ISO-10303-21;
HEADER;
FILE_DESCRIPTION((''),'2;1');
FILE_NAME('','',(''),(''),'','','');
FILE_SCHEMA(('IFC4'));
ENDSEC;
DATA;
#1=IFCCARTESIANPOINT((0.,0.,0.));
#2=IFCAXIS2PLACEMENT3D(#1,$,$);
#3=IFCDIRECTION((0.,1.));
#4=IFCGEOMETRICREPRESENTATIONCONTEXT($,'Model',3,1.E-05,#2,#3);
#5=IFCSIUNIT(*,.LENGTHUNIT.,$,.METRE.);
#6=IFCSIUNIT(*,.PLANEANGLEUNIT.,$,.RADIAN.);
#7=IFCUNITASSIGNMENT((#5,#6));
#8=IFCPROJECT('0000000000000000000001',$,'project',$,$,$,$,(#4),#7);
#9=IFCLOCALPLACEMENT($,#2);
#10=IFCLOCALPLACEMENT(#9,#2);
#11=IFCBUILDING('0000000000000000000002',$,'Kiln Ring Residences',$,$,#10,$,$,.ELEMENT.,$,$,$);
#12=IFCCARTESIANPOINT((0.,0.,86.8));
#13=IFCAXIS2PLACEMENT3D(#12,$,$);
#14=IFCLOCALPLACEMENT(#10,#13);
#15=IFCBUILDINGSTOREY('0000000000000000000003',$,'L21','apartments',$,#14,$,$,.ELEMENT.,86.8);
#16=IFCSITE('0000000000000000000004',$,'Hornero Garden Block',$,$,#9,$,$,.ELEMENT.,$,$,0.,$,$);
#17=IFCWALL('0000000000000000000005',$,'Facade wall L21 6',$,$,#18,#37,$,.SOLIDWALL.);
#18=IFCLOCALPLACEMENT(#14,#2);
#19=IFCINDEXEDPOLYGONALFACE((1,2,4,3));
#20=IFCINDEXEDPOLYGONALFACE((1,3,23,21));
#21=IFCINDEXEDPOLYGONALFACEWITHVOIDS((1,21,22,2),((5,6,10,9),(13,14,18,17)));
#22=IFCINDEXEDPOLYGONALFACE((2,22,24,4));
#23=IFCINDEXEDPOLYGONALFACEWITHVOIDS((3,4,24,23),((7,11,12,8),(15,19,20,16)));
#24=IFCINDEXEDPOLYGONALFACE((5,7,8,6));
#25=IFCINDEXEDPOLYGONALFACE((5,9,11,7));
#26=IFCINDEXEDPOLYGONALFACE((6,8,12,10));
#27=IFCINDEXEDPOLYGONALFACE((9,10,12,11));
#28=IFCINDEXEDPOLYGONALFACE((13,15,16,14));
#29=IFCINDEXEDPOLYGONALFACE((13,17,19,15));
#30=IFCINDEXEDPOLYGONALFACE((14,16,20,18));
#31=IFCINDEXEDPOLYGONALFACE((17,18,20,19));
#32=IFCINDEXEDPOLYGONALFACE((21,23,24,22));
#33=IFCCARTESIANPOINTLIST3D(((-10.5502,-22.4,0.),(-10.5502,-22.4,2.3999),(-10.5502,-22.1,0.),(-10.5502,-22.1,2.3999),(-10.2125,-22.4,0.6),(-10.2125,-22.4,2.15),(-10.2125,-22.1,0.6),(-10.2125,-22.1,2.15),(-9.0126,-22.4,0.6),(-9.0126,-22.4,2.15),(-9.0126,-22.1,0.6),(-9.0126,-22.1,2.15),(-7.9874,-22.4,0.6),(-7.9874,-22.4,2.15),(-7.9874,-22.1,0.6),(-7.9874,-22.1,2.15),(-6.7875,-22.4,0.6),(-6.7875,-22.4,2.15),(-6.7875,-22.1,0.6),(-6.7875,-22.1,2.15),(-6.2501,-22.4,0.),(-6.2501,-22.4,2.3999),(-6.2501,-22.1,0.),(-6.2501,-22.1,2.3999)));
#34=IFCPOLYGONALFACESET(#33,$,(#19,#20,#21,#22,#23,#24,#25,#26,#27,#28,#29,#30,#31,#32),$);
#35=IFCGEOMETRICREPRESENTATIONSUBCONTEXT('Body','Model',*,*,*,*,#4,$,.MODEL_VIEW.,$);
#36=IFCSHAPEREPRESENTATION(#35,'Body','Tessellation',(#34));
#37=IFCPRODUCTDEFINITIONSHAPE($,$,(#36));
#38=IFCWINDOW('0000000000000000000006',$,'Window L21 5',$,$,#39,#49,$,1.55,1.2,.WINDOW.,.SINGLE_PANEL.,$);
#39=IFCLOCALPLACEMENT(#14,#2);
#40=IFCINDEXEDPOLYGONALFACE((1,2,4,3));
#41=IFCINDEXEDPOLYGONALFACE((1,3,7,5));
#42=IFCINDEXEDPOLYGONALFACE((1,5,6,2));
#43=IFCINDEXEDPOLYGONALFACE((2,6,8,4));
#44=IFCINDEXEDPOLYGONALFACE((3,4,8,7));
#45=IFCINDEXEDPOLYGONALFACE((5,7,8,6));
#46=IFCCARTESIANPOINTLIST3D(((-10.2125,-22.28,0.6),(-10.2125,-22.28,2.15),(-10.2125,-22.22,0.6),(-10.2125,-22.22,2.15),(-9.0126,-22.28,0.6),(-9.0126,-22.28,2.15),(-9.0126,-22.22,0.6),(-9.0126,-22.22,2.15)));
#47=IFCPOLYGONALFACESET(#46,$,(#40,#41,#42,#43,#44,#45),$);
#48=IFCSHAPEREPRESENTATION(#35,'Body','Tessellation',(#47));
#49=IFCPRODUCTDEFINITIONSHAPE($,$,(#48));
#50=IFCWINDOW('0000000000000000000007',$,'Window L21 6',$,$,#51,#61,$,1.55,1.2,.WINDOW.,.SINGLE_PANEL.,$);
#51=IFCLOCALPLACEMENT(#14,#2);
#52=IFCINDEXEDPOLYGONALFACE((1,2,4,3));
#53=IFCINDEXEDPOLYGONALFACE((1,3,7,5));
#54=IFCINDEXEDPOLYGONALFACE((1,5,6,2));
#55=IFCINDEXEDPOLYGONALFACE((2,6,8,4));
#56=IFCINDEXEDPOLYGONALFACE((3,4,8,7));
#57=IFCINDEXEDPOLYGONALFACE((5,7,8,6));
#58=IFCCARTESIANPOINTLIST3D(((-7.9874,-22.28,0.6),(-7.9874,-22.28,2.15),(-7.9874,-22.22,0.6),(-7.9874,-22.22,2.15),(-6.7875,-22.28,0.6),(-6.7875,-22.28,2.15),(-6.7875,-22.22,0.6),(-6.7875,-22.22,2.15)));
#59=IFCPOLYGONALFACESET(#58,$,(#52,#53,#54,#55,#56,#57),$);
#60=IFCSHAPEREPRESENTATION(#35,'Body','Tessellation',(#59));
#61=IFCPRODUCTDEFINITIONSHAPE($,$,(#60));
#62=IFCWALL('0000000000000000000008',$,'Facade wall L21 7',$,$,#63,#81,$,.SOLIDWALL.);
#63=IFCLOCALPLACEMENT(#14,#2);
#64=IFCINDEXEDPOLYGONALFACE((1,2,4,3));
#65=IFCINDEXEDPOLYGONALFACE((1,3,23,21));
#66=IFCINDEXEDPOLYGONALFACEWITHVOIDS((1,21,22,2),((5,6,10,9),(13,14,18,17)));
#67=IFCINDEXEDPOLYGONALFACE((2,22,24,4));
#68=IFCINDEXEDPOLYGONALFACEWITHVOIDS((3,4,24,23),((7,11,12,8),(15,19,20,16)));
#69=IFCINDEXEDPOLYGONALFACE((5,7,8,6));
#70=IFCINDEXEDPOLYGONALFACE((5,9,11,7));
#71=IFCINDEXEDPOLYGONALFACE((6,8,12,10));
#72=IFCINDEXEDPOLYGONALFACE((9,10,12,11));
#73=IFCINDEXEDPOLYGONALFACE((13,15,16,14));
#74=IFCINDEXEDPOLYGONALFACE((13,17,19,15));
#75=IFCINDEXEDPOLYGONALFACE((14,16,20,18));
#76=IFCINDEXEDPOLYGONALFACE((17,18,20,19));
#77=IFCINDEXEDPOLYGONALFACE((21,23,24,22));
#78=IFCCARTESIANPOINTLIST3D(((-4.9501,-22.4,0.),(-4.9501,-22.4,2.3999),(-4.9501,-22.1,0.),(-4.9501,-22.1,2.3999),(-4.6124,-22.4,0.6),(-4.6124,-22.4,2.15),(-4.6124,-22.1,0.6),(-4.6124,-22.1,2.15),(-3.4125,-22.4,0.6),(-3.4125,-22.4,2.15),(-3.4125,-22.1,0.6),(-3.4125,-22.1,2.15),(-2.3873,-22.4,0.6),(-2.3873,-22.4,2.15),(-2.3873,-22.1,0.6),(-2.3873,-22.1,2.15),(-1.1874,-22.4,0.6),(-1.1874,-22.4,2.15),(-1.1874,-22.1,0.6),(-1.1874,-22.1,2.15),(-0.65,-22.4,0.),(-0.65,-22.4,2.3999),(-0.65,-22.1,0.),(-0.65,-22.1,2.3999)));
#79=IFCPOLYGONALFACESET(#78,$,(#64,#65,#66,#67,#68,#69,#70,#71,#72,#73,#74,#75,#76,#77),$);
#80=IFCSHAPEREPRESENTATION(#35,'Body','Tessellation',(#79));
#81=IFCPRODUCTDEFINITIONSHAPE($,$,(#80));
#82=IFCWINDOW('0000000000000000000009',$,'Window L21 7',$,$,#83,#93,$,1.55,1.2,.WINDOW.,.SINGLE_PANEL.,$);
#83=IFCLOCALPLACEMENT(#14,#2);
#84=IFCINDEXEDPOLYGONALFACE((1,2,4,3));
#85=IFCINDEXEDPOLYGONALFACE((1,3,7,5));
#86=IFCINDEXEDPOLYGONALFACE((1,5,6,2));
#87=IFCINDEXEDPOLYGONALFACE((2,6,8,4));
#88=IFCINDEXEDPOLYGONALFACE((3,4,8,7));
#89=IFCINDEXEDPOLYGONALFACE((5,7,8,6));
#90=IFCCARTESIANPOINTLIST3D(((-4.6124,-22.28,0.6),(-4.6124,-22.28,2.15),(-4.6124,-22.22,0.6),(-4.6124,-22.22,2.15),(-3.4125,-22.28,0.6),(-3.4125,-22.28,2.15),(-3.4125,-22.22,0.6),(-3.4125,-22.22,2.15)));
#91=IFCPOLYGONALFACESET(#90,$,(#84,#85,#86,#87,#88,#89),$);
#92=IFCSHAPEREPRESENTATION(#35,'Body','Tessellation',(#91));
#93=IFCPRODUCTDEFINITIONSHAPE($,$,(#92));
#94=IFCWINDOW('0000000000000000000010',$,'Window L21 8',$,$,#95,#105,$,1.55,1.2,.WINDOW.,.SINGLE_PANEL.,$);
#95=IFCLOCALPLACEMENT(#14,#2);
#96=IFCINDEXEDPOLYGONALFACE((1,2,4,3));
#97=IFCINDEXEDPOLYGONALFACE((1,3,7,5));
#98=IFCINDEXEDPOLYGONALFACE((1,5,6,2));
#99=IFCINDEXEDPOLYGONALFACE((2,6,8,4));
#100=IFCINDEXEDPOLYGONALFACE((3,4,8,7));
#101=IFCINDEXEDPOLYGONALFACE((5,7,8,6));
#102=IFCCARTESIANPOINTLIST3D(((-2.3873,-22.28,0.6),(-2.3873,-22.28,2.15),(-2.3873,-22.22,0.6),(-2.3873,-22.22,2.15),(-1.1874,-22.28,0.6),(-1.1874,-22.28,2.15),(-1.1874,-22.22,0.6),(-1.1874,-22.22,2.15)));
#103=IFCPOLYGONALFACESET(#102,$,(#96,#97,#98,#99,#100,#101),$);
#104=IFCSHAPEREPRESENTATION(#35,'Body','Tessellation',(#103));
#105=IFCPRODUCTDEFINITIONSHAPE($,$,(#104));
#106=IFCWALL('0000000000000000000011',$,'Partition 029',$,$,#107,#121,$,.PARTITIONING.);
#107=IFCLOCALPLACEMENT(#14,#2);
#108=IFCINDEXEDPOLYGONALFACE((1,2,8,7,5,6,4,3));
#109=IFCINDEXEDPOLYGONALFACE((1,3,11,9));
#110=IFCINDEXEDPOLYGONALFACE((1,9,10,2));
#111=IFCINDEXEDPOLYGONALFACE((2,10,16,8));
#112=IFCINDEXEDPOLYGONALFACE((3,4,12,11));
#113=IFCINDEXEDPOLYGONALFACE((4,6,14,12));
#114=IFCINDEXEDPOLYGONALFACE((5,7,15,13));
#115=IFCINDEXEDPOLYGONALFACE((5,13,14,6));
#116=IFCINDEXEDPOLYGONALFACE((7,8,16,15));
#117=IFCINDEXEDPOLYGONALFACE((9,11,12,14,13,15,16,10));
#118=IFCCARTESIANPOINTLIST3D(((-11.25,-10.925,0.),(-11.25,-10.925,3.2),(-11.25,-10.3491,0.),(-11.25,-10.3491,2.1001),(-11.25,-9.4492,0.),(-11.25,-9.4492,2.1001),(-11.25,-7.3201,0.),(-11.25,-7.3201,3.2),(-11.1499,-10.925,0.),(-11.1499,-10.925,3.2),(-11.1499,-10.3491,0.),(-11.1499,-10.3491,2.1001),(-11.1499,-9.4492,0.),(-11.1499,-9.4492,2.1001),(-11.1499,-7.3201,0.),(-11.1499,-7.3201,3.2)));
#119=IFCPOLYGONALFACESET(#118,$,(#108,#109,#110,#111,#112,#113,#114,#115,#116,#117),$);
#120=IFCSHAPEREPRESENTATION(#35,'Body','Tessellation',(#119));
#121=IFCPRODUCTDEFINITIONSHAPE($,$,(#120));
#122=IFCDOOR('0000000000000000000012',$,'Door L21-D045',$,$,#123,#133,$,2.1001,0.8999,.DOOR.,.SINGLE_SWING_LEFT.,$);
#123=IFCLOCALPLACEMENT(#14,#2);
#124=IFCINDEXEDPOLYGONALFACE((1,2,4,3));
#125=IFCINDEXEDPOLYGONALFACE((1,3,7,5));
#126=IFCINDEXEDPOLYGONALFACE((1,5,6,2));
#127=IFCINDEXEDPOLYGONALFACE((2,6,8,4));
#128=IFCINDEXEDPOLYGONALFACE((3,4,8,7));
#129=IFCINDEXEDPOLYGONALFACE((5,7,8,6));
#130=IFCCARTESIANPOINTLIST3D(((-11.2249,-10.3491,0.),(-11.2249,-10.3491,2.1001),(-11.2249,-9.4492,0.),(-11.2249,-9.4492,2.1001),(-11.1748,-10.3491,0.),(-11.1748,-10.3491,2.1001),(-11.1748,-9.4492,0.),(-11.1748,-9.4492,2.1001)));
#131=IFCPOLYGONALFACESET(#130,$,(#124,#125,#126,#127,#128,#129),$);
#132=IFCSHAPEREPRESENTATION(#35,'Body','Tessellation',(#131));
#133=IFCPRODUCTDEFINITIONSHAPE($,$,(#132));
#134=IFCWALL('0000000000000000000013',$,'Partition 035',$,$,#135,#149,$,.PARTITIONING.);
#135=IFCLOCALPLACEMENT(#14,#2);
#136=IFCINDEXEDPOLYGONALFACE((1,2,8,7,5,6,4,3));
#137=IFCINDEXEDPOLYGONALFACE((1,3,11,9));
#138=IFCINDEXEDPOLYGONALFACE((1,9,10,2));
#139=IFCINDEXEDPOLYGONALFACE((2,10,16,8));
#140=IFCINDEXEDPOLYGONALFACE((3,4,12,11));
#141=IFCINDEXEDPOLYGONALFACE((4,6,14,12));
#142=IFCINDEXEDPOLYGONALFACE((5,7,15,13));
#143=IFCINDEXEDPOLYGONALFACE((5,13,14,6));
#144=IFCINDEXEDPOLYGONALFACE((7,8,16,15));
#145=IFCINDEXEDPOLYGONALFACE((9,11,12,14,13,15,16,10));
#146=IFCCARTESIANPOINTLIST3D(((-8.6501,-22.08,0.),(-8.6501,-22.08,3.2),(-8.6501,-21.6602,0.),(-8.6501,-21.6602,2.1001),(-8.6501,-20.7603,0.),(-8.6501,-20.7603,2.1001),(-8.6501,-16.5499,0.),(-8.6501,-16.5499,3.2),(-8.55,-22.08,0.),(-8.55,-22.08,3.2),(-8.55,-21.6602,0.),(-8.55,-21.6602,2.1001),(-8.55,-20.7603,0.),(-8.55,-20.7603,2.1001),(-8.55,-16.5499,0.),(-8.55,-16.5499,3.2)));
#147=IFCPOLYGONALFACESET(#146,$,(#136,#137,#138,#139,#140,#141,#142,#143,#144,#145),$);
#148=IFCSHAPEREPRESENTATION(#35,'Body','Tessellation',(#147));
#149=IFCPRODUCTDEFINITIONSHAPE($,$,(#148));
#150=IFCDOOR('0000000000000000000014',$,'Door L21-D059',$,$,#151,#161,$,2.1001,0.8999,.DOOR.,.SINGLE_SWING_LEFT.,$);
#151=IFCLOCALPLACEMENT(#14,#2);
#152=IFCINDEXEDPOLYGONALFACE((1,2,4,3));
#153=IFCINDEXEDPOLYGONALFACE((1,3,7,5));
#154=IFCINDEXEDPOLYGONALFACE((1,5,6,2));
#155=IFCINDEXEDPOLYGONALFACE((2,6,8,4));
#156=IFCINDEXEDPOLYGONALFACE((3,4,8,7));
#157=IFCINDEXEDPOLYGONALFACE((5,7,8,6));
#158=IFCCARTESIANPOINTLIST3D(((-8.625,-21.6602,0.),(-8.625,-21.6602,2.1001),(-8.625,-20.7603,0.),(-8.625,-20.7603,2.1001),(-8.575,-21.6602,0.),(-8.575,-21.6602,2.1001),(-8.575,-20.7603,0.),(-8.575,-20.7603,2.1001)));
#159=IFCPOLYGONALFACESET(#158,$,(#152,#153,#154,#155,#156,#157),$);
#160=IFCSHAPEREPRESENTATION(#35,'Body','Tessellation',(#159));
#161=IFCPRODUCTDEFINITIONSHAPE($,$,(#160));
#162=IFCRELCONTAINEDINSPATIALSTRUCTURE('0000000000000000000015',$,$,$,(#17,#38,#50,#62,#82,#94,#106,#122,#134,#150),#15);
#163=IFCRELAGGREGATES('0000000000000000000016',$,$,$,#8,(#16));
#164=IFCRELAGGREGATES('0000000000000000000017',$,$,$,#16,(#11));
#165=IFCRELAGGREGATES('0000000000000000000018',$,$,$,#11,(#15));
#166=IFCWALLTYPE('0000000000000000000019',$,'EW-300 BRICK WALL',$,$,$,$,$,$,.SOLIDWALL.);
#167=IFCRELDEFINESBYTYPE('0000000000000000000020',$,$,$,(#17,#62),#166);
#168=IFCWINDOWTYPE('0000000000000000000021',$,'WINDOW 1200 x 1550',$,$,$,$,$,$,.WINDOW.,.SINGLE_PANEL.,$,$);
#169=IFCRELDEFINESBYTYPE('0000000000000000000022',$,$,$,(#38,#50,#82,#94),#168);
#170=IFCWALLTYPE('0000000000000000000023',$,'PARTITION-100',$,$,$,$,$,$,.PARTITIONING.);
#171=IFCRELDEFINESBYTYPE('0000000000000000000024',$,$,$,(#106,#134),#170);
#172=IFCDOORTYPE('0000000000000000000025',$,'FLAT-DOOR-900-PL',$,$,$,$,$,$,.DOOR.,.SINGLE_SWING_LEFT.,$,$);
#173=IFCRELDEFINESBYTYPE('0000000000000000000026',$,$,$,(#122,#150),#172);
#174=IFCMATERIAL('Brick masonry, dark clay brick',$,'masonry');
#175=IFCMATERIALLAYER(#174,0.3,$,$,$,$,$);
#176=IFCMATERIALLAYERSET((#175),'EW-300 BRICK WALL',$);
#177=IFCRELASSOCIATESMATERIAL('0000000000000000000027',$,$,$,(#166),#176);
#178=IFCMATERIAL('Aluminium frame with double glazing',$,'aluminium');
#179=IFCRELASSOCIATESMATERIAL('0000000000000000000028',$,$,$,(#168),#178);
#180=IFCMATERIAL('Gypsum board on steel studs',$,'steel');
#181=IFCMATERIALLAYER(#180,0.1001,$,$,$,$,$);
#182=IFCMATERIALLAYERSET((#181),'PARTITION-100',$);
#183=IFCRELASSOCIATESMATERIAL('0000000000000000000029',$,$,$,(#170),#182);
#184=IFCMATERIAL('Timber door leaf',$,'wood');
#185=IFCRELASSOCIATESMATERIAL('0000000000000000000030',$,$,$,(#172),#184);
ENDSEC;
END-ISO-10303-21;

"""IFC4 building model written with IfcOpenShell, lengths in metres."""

from ifc_helpers import new_model, si_unit, direction, frame, frame_2d, origin, place, context, subcontext, project, spatial, rectangle, extrude, material, layer, layer_set, type_object, element, fill, save


model = new_model("IFC4")

# Units and contexts
model_context = context("Model", 3, precision=1e-05, world=origin(), true_north=direction((0.0, 1.0)))
body_context = subcontext(model_context, "Body", "Model", "MODEL_VIEW")
ifc_project = project(units=[si_unit("LENGTHUNIT", "METRE"), si_unit("PLANEANGLEUNIT", "RADIAN")], contexts=[model_context])

# Site, building, storey
site_placement = place(None, origin())
site = spatial("IfcSite", under=ifc_project, at=site_placement, Name="Hornero Garden Block", CompositionType="ELEMENT", RefElevation=0.0)
building_placement = place(site_placement, origin())
building = spatial("IfcBuilding", under=site, at=building_placement, Name="Kiln Ring Residences", CompositionType="ELEMENT")
storey_placement = place(building_placement, frame((0.0, 0.0, 86.8)))
storey = spatial("IfcBuildingStorey", under=building, at=storey_placement, Name="L21", Description="apartments", CompositionType="ELEMENT", Elevation=86.8)

# Walls, openings, windows
ifc_material_1 = material(Name="Brick masonry, dark clay brick", Category="masonry")
ifc_layer_1 = layer(ifc_material_1, 0.3)
ifc_layer_set_1 = layer_set([ifc_layer_1], Name="EW-300 BRICK WALL")
wall_type_1 = type_object("IfcWallType", Name="EW-300 BRICK WALL", PredefinedType="SOLIDWALL", material=ifc_layer_set_1)
wall_1_placement = place(storey_placement, frame((-10.55, -22.25, 0.0), z_axis=(0.0, 0.0, 1.0), x_axis=(1.0, 0.0, 0.0)))
wall_1 = element("IfcWall", 1, at=wall_1_placement, inside=storey, type_object=wall_type_1, Name="Facade wall L21 6", PredefinedType="SOLIDWALL", context=body_context, shape_type="SweptSolid", body=[
    extrude(rectangle(XDim=4.3, YDim=0.3, at=frame_2d((2.1499, 0.0))), origin(), (0.0, 0.0, 1.0), 2.3999),
])
opening_1_placement = place(wall_1_placement, frame((0.3374, 0.0, 0.6001)))
opening_1 = element("IfcOpeningElement", 2, at=opening_1_placement, cuts=wall_1, PredefinedType="OPENING", context=body_context, shape_type="SweptSolid", body=[
    extrude(rectangle(XDim=1.2, YDim=1.55, at=frame_2d((0.6001, 0.7749))), frame((0.0, 0.1599, 0.0), z_axis=(0.0, -1.0, 0.0), x_axis=(1.0, 0.0, 0.0)), (0.0, 0.0, 1.0), 0.3201),
])
opening_2_placement = place(wall_1_placement, frame((2.5625, 0.0, 0.6001)))
opening_2 = element("IfcOpeningElement", 3, at=opening_2_placement, cuts=wall_1, PredefinedType="OPENING", context=body_context, shape_type="SweptSolid", body=[
    extrude(rectangle(XDim=1.2, YDim=1.55, at=frame_2d((0.6001, 0.7749))), frame((0.0, 0.1599, 0.0), z_axis=(0.0, -1.0, 0.0), x_axis=(1.0, 0.0, 0.0)), (0.0, 0.0, 1.0), 0.3201),
])
ifc_material_2 = material(Name="Aluminium frame with double glazing", Category="aluminium")
window_type = type_object("IfcWindowType", Name="WINDOW 1200 x 1550", PartitioningType="SINGLE_PANEL", PredefinedType="WINDOW", material=ifc_material_2)
window_1_placement = place(opening_1_placement, origin())
window_1 = element("IfcWindow", 4, at=window_1_placement, inside=storey, type_object=window_type, Name="Window L21 5", OverallHeight=1.55, OverallWidth=1.2, PartitioningType="SINGLE_PANEL", PredefinedType="WINDOW", context=body_context, shape_type="SweptSolid", body=[
    extrude(rectangle(XDim=1.2, YDim=1.55, at=frame_2d((0.6001, 0.7749))), frame((0.0, 0.03, 0.0), z_axis=(0.0, -1.0, 0.0), x_axis=(1.0, 0.0, 0.0)), (0.0, 0.0, 1.0), 0.0601),
])
fill(opening_1, window_1)
window_2_placement = place(opening_2_placement, origin())
window_2 = element("IfcWindow", 5, at=window_2_placement, inside=storey, type_object=window_type, Name="Window L21 6", OverallHeight=1.55, OverallWidth=1.2, PartitioningType="SINGLE_PANEL", PredefinedType="WINDOW", context=body_context, shape_type="SweptSolid", body=[
    extrude(rectangle(XDim=1.2, YDim=1.55, at=frame_2d((0.6001, 0.7749))), frame((0.0, 0.03, 0.0), z_axis=(0.0, -1.0, 0.0), x_axis=(1.0, 0.0, 0.0)), (0.0, 0.0, 1.0), 0.0601),
])
fill(opening_2, window_2)
wall_2_placement = place(storey_placement, frame((-4.95, -22.25, 0.0), z_axis=(0.0, 0.0, 1.0), x_axis=(1.0, 0.0, 0.0)))
wall_2 = element("IfcWall", 6, at=wall_2_placement, inside=storey, type_object=wall_type_1, Name="Facade wall L21 7", PredefinedType="SOLIDWALL", context=body_context, shape_type="SweptSolid", body=[
    extrude(rectangle(XDim=4.3, YDim=0.3, at=frame_2d((2.1499, 0.0))), origin(), (0.0, 0.0, 1.0), 2.3999),
])
opening_3_placement = place(wall_2_placement, frame((0.3374, 0.0, 0.6001)))
opening_3 = element("IfcOpeningElement", 7, at=opening_3_placement, cuts=wall_2, PredefinedType="OPENING", context=body_context, shape_type="SweptSolid", body=[
    extrude(rectangle(XDim=1.2, YDim=1.55, at=frame_2d((0.6001, 0.7749))), frame((0.0, 0.1599, 0.0), z_axis=(0.0, -1.0, 0.0), x_axis=(1.0, 0.0, 0.0)), (0.0, 0.0, 1.0), 0.3201),
])
opening_4_placement = place(wall_2_placement, frame((2.5625, 0.0, 0.6001)))
opening_4 = element("IfcOpeningElement", 8, at=opening_4_placement, cuts=wall_2, PredefinedType="OPENING", context=body_context, shape_type="SweptSolid", body=[
    extrude(rectangle(XDim=1.2, YDim=1.55, at=frame_2d((0.6001, 0.7749))), frame((0.0, 0.1599, 0.0), z_axis=(0.0, -1.0, 0.0), x_axis=(1.0, 0.0, 0.0)), (0.0, 0.0, 1.0), 0.3201),
])
window_3_placement = place(opening_3_placement, origin())
window_3 = element("IfcWindow", 9, at=window_3_placement, inside=storey, type_object=window_type, Name="Window L21 7", OverallHeight=1.55, OverallWidth=1.2, PartitioningType="SINGLE_PANEL", PredefinedType="WINDOW", context=body_context, shape_type="SweptSolid", body=[
    extrude(rectangle(XDim=1.2, YDim=1.55, at=frame_2d((0.6001, 0.7749))), frame((0.0, 0.03, 0.0), z_axis=(0.0, -1.0, 0.0), x_axis=(1.0, 0.0, 0.0)), (0.0, 0.0, 1.0), 0.0601),
])
fill(opening_3, window_3)
window_4_placement = place(opening_4_placement, origin())
window_4 = element("IfcWindow", 10, at=window_4_placement, inside=storey, type_object=window_type, Name="Window L21 8", OverallHeight=1.55, OverallWidth=1.2, PartitioningType="SINGLE_PANEL", PredefinedType="WINDOW", context=body_context, shape_type="SweptSolid", body=[
    extrude(rectangle(XDim=1.2, YDim=1.55, at=frame_2d((0.6001, 0.7749))), frame((0.0, 0.03, 0.0), z_axis=(0.0, -1.0, 0.0), x_axis=(1.0, 0.0, 0.0)), (0.0, 0.0, 1.0), 0.0601),
])
fill(opening_4, window_4)

# Walls, openings, doors
ifc_material_3 = material(Name="Gypsum board on steel studs", Category="steel")
ifc_layer_2 = layer(ifc_material_3, 0.1001)
ifc_layer_set_2 = layer_set([ifc_layer_2], Name="PARTITION-100")
wall_type_2 = type_object("IfcWallType", Name="PARTITION-100", PredefinedType="PARTITIONING", material=ifc_layer_set_2)
wall_3_placement = place(storey_placement, frame((-11.2, -10.925, 0.0), z_axis=(0.0, 0.0, 1.0), x_axis=(0.0, 1.0, 0.0)))
wall_3 = element("IfcWall", 11, at=wall_3_placement, inside=storey, type_object=wall_type_2, Name="Partition 029", PredefinedType="PARTITIONING", context=body_context, shape_type="SweptSolid", body=[
    extrude(rectangle(XDim=3.605, YDim=0.1001, at=frame_2d((1.8025, 0.0))), origin(), (0.0, 0.0, 1.0), 3.2),
])
opening_5_placement = place(wall_3_placement, frame((0.5759, 0.0, 0.0)))
opening_5 = element("IfcOpeningElement", 12, at=opening_5_placement, cuts=wall_3, PredefinedType="OPENING", context=body_context, shape_type="SweptSolid", body=[
    extrude(rectangle(XDim=0.8999, YDim=2.1001, at=frame_2d((0.45, 1.05))), frame((0.0, 0.0601, 0.0), z_axis=(0.0, -1.0, 0.0), x_axis=(1.0, 0.0, 0.0)), (0.0, 0.0, 1.0), 0.1201),
])
ifc_material_4 = material(Name="Timber door leaf", Category="wood")
door_type = type_object("IfcDoorType", Name="FLAT-DOOR-900-PL", OperationType="SINGLE_SWING_LEFT", PredefinedType="DOOR", material=ifc_material_4)
door_1_placement = place(opening_5_placement, origin())
door_1 = element("IfcDoor", 13, at=door_1_placement, inside=storey, type_object=door_type, Name="Door L21-D045", OperationType="SINGLE_SWING_LEFT", OverallHeight=2.1001, OverallWidth=0.8999, PredefinedType="DOOR", context=body_context, shape_type="SweptSolid", body=[
    extrude(rectangle(XDim=0.8999, YDim=2.1001, at=frame_2d((0.45, 1.05))), frame((0.0, 0.0249, 0.0), z_axis=(0.0, -1.0, 0.0), x_axis=(1.0, 0.0, 0.0)), (0.0, 0.0, 1.0), 0.05),
])
fill(opening_5, door_1)
wall_4_placement = place(storey_placement, frame((-8.6001, -22.0801, 0.0), z_axis=(0.0, 0.0, 1.0), x_axis=(0.0, 1.0, 0.0)))
wall_4 = element("IfcWall", 14, at=wall_4_placement, inside=storey, type_object=wall_type_2, Name="Partition 035", PredefinedType="PARTITIONING", context=body_context, shape_type="SweptSolid", body=[
    extrude(rectangle(XDim=5.53, YDim=0.1001, at=frame_2d((2.7651, 0.0))), origin(), (0.0, 0.0, 1.0), 3.2),
])
opening_6_placement = place(wall_4_placement, frame((0.4199, 0.0, 0.0)))
opening_6 = element("IfcOpeningElement", 15, at=opening_6_placement, cuts=wall_4, PredefinedType="OPENING", context=body_context, shape_type="SweptSolid", body=[
    extrude(rectangle(XDim=0.8999, YDim=2.1001, at=frame_2d((0.45, 1.05))), frame((0.0, 0.0601, 0.0), z_axis=(0.0, -1.0, 0.0), x_axis=(1.0, 0.0, 0.0)), (0.0, 0.0, 1.0), 0.1201),
])
door_2_placement = place(opening_6_placement, origin())
door_2 = element("IfcDoor", 16, at=door_2_placement, inside=storey, type_object=door_type, Name="Door L21-D059", OperationType="SINGLE_SWING_LEFT", OverallHeight=2.1001, OverallWidth=0.8999, PredefinedType="DOOR", context=body_context, shape_type="SweptSolid", body=[
    extrude(rectangle(XDim=0.8999, YDim=2.1001, at=frame_2d((0.45, 1.05))), frame((0.0, 0.0249, 0.0), z_axis=(0.0, -1.0, 0.0), x_axis=(1.0, 0.0, 0.0)), (0.0, 0.0, 1.0), 0.05),
])
fill(opening_6, door_2)

save(model, "model.ifc")
